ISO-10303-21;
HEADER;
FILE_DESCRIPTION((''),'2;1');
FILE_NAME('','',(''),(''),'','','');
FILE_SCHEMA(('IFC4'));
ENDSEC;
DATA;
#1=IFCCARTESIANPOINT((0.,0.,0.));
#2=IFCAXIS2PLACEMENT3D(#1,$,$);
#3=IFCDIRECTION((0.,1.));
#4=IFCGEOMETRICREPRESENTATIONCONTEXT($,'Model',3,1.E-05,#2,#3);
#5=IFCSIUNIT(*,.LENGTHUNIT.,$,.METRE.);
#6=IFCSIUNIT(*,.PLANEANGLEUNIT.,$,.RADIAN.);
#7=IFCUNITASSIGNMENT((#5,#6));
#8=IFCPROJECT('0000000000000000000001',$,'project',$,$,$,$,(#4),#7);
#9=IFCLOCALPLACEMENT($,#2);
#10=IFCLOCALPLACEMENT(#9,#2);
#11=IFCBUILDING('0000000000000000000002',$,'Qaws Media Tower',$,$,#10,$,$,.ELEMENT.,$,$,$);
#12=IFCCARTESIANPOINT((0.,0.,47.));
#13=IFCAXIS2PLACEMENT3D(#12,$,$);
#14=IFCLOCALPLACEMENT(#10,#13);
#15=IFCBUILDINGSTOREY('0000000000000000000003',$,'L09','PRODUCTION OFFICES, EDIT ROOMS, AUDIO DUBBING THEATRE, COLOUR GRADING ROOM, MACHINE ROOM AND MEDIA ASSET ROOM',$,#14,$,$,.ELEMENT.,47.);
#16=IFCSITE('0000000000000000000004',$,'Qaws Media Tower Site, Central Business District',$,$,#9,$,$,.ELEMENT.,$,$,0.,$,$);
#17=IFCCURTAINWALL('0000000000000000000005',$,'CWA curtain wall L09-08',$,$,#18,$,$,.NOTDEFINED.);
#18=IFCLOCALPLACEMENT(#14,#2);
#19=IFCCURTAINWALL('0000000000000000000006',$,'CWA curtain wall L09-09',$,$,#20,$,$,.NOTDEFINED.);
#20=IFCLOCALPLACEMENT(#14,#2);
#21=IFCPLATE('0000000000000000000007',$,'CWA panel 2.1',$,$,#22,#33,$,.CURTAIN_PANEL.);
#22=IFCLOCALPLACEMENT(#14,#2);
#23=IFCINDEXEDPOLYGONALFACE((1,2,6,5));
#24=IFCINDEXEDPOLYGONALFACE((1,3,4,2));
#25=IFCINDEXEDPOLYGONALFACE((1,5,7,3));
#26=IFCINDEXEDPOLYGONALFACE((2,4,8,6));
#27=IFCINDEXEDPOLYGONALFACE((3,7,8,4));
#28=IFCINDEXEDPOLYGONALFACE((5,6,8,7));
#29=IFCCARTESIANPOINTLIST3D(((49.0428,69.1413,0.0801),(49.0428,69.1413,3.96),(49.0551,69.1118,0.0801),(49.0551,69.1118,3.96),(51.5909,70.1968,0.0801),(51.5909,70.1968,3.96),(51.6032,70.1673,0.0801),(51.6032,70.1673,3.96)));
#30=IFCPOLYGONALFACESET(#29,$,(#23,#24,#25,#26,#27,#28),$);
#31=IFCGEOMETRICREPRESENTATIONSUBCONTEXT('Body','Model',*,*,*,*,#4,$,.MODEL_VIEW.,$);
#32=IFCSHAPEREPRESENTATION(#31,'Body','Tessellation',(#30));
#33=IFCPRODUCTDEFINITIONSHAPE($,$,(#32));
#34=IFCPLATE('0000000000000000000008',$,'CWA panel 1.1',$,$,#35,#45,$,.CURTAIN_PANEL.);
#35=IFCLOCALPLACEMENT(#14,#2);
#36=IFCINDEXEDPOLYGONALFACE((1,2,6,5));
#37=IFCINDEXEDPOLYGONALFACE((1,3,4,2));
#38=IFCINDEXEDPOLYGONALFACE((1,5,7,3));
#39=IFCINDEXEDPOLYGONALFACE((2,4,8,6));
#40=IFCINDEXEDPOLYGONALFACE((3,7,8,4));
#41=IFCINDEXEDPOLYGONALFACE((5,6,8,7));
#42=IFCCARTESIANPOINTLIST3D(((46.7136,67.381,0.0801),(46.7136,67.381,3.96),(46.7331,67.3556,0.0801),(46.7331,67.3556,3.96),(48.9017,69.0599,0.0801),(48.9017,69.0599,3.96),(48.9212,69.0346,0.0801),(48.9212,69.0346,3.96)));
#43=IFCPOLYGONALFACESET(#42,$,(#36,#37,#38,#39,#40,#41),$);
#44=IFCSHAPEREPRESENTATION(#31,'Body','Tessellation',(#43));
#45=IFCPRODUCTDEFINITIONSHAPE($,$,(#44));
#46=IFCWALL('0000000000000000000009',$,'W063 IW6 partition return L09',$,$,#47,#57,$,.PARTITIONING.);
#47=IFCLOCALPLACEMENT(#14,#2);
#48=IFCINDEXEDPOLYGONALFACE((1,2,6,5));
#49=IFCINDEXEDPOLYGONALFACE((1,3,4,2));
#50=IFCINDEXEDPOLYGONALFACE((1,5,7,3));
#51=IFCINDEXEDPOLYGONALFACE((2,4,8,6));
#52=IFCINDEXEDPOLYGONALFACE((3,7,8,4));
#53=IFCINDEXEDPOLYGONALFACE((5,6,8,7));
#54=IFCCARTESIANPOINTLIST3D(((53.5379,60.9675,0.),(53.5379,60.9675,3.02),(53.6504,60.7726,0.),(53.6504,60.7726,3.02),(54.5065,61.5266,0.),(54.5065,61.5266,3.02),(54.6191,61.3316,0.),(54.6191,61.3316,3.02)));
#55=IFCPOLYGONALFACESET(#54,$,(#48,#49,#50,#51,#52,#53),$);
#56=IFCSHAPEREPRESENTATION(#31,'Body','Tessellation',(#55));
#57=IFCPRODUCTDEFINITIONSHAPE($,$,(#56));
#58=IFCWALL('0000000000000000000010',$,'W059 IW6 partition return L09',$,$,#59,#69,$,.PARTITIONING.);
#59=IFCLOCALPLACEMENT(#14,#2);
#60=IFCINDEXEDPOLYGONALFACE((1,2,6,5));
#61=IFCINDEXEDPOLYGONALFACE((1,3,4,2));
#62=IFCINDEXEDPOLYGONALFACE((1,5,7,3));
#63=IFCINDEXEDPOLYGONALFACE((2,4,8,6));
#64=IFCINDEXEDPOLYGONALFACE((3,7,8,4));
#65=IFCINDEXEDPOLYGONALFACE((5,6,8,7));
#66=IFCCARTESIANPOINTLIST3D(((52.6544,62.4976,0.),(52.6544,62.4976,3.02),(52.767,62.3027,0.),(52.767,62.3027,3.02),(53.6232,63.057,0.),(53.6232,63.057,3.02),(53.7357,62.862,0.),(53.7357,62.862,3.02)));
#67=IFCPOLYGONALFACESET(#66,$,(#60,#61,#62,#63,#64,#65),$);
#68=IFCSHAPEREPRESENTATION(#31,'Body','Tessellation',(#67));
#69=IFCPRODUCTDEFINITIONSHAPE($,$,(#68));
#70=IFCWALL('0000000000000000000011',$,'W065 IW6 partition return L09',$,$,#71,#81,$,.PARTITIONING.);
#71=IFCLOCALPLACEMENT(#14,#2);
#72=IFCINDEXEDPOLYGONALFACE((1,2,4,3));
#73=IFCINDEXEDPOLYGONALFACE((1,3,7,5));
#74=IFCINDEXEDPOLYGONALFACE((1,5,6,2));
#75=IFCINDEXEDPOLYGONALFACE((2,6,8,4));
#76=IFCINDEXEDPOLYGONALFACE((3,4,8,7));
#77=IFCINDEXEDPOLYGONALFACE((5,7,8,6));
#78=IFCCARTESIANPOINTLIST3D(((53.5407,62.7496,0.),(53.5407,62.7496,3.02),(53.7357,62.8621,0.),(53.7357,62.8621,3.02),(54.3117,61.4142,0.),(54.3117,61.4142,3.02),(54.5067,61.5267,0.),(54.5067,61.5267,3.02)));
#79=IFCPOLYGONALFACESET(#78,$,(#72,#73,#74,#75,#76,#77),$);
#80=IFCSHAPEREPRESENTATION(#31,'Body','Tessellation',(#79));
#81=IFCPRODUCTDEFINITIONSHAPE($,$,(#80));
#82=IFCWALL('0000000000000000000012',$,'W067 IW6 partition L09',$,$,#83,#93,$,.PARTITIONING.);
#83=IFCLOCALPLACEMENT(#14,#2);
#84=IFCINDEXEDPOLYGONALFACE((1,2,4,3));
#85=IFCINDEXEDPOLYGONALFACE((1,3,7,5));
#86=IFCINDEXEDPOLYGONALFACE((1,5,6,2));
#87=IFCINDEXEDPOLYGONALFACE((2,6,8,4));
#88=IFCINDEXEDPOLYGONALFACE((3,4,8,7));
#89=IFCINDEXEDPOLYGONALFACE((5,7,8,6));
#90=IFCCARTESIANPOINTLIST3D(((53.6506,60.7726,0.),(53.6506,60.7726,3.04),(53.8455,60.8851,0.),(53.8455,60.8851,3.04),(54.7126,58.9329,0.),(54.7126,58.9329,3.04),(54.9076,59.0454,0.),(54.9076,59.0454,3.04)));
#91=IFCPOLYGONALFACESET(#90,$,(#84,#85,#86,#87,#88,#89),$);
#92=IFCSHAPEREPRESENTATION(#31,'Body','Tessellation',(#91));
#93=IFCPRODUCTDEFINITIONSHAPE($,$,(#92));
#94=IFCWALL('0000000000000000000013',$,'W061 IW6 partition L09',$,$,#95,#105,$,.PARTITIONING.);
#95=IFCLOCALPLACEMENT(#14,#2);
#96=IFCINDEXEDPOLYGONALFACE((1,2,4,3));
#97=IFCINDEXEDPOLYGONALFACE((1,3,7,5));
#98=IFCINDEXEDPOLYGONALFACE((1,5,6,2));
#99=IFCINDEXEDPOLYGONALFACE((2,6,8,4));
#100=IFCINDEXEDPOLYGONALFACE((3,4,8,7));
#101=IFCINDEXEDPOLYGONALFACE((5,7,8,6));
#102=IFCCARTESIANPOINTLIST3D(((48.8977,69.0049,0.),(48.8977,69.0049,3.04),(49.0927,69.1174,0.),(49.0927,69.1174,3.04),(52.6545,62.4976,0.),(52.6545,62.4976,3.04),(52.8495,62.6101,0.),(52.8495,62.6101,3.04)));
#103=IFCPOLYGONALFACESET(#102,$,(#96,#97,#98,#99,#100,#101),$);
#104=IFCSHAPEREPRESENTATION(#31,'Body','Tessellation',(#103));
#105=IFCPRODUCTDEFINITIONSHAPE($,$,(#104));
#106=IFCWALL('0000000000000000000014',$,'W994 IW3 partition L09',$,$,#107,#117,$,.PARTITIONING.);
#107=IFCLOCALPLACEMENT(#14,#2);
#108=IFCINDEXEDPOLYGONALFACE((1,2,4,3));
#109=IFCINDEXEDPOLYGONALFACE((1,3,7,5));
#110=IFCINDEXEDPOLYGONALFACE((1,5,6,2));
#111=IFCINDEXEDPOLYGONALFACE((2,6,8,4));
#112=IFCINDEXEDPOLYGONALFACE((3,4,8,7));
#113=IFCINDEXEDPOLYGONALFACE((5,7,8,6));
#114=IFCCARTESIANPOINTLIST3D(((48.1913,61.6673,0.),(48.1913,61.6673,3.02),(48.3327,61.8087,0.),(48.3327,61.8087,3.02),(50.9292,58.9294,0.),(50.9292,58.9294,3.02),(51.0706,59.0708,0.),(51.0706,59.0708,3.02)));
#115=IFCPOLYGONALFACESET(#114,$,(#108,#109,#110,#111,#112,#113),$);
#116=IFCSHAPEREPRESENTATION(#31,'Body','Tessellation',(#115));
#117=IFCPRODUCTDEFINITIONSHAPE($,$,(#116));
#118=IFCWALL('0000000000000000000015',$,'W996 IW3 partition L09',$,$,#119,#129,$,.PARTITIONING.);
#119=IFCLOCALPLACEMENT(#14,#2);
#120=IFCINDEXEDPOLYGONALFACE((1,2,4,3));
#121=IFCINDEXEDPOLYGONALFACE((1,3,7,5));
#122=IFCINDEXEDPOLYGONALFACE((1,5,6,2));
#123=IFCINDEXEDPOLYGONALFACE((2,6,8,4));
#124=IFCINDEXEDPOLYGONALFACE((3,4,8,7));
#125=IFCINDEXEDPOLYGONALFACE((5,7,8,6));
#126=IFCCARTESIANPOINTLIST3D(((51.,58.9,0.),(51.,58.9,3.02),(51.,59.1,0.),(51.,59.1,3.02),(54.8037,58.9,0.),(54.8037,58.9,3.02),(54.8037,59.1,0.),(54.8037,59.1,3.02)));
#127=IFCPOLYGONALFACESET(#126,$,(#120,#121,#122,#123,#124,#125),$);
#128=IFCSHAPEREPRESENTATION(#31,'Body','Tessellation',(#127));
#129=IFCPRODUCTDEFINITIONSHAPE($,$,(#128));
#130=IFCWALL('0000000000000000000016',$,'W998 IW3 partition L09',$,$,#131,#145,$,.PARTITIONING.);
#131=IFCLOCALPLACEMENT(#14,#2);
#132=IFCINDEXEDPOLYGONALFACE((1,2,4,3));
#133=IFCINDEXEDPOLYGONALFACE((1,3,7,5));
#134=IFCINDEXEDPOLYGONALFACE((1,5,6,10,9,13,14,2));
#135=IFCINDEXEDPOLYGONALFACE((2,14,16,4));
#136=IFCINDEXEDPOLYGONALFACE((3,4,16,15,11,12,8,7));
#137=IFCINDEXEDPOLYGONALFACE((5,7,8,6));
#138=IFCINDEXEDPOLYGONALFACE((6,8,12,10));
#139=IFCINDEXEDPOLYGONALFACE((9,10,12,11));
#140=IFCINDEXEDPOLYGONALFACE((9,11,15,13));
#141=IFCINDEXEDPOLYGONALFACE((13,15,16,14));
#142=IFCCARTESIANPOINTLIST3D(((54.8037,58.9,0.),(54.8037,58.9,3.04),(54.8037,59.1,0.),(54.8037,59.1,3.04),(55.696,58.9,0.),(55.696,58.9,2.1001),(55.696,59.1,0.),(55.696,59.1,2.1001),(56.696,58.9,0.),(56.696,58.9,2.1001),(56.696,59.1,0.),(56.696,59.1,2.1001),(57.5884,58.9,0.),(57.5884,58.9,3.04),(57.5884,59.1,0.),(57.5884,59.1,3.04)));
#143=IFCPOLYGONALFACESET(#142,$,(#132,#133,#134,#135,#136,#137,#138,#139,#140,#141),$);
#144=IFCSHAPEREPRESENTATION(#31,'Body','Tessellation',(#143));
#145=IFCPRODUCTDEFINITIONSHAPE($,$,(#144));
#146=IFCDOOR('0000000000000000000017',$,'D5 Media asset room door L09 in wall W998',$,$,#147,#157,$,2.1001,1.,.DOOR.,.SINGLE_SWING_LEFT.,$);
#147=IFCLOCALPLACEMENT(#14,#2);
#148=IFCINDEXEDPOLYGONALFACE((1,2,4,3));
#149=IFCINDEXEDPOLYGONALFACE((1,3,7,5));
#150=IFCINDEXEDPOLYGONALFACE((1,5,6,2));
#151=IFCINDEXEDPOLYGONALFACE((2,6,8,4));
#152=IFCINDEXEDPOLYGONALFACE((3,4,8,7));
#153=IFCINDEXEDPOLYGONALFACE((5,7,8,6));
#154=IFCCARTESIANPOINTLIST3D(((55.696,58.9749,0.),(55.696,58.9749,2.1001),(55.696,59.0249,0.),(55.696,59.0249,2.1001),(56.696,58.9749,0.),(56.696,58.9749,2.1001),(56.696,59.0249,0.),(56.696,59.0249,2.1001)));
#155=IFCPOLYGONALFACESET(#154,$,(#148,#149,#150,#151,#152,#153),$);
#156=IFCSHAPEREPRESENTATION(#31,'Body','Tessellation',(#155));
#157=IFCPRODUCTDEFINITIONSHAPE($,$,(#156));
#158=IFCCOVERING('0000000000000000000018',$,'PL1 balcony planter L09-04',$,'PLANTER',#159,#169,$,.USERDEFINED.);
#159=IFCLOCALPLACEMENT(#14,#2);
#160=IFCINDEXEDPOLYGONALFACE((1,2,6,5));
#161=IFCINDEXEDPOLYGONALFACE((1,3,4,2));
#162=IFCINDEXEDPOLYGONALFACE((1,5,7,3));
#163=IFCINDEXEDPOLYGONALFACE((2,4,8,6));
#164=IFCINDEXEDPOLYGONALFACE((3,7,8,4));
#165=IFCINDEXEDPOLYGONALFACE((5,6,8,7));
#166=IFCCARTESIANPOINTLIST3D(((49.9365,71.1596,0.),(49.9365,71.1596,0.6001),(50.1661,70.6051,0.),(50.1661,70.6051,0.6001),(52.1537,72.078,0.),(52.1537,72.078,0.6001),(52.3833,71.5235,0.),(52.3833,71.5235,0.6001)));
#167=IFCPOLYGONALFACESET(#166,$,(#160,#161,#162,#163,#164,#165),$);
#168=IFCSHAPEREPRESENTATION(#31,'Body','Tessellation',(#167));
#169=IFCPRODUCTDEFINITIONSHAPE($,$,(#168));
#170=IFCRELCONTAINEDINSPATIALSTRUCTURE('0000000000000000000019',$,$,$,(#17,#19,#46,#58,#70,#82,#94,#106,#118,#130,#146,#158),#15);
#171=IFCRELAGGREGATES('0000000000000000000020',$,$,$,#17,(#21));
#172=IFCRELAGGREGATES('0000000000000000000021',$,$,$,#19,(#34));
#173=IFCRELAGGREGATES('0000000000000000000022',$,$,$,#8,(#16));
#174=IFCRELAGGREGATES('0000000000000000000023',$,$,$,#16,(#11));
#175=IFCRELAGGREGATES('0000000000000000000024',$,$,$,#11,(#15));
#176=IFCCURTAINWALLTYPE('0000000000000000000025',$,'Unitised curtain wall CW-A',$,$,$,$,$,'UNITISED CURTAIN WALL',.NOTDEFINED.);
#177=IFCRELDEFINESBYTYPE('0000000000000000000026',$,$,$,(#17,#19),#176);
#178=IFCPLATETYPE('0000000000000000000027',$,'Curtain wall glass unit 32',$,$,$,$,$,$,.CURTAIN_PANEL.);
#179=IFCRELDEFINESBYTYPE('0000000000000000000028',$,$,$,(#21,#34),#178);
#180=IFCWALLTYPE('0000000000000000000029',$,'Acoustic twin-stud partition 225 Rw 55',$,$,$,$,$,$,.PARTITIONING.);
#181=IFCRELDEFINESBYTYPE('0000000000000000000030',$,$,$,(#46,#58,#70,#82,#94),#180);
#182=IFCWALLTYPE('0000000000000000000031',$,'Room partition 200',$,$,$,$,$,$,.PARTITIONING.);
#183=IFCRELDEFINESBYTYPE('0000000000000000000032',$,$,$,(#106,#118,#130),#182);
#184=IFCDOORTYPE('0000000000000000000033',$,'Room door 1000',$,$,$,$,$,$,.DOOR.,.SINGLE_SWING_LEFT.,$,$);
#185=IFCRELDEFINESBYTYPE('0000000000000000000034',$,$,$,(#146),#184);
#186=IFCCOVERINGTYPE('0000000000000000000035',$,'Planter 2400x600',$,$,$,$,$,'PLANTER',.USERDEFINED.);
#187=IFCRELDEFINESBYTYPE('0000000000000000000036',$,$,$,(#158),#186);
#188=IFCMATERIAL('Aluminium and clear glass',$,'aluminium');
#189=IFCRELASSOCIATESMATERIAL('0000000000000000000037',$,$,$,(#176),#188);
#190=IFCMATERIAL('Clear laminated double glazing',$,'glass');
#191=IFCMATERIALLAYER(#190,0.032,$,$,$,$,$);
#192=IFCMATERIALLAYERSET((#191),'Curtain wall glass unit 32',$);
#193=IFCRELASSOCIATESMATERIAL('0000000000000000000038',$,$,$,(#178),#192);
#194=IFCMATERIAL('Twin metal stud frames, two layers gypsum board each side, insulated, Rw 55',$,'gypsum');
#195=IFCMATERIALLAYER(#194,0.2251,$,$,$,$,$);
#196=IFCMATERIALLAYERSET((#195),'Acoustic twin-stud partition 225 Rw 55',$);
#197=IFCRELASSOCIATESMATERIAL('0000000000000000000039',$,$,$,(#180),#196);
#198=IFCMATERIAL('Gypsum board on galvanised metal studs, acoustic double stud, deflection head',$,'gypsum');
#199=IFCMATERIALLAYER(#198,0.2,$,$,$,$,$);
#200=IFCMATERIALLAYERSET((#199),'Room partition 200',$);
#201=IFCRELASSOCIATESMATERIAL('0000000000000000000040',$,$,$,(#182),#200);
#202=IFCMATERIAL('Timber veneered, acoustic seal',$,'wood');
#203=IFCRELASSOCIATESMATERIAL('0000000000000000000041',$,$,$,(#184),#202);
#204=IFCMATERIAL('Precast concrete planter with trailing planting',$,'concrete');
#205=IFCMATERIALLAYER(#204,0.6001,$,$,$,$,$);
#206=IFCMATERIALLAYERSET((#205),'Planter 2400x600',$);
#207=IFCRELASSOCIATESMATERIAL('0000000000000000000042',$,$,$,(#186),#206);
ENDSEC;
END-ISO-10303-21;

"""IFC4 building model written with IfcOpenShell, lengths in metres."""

from ifc_helpers import new_model, si_unit, direction, frame, frame_2d, origin, origin_2d, place, context, subcontext, project, spatial, rectangle, extrude, material, layer, layer_set, type_object, element, fill, aggregate, save


model = new_model("IFC4")

# Units and contexts
model_context = context("Model", 3, precision=1e-05, world=origin(), true_north=direction((0.0, 1.0)))
body_context = subcontext(model_context, "Body", "Model", "MODEL_VIEW")
ifc_project = project(units=[si_unit("LENGTHUNIT", "METRE"), si_unit("PLANEANGLEUNIT", "RADIAN")], contexts=[model_context])

# Site, building, storey
site_placement = place(None, origin())
site = spatial("IfcSite", under=ifc_project, at=site_placement, Name="Qaws Media Tower Site, Central Business District", CompositionType="ELEMENT", RefElevation=0.0)
building_placement = place(site_placement, origin())
building = spatial("IfcBuilding", under=site, at=building_placement, Name="Qaws Media Tower", CompositionType="ELEMENT")
storey_placement = place(building_placement, frame((0.0, 0.0, 47.0)))
storey = spatial("IfcBuildingStorey", under=building, at=storey_placement, Name="L09", Description="PRODUCTION OFFICES, EDIT ROOMS, AUDIO DUBBING THEATRE, COLOUR GRADING ROOM, MACHINE ROOM AND MEDIA ASSET ROOM", CompositionType="ELEMENT", Elevation=47.0)

# Curtain walls
ifc_material_1 = material(Name="Aluminium and clear glass", Category="aluminium")
curtain_wall_type = type_object("IfcCurtainWallType", Name="Unitised curtain wall CW-A", ElementType="UNITISED CURTAIN WALL", PredefinedType="NOTDEFINED", material=ifc_material_1)
curtain_wall_1_placement = place(storey_placement, origin())
curtain_wall_1 = element("IfcCurtainWall", 1, at=curtain_wall_1_placement, inside=storey, type_object=curtain_wall_type, Name="CWA curtain wall L09-08", PredefinedType="NOTDEFINED")
curtain_wall_2_placement = place(storey_placement, origin())
curtain_wall_2 = element("IfcCurtainWall", 2, at=curtain_wall_2_placement, inside=storey, type_object=curtain_wall_type, Name="CWA curtain wall L09-09", PredefinedType="NOTDEFINED")

# Plates
ifc_material_2 = material(Name="Clear laminated double glazing", Category="glass")
ifc_layer_1 = layer(ifc_material_2, 0.032)
ifc_layer_set_1 = layer_set([ifc_layer_1], Name="Curtain wall glass unit 32")
plate_type = type_object("IfcPlateType", Name="Curtain wall glass unit 32", PredefinedType="CURTAIN_PANEL", material=ifc_layer_set_1)
plate_1_placement = place(storey_placement, frame((50.323, 69.6543, 0.0801), z_axis=(0.0, 0.0, 1.0), x_axis=(-0.92388, -0.382683, 0.0)))
plate_1 = element("IfcPlate", 3, at=plate_1_placement, type_object=plate_type, Name="CWA panel 2.1", PredefinedType="CURTAIN_PANEL", context=body_context, shape_type="SweptSolid", body=[
    extrude(rectangle(XDim=2.7581, YDim=0.032, at=origin_2d()), origin(), (0.0, 0.0, 1.0), 3.8799),
])
aggregate(curtain_wall_1, [plate_1])
plate_2_placement = place(storey_placement, frame((47.8174, 68.2078, 0.0801), z_axis=(0.0, 0.0, 1.0), x_axis=(-0.793353, -0.608761, 0.0)))
plate_2 = element("IfcPlate", 4, at=plate_2_placement, type_object=plate_type, Name="CWA panel 1.1", PredefinedType="CURTAIN_PANEL", context=body_context, shape_type="SweptSolid", body=[
    extrude(rectangle(XDim=2.7581, YDim=0.032, at=origin_2d()), origin(), (0.0, 0.0, 1.0), 3.8799),
])
aggregate(curtain_wall_2, [plate_2])

# Walls
ifc_material_3 = material(Name="Twin metal stud frames, two layers gypsum board each side, insulated, Rw 55", Category="gypsum")
ifc_layer_2 = layer(ifc_material_3, 0.2251)
ifc_layer_set_2 = layer_set([ifc_layer_2], Name="Acoustic twin-stud partition 225 Rw 55")
wall_type_1 = type_object("IfcWallType", Name="Acoustic twin-stud partition 225 Rw 55", PredefinedType="PARTITIONING", material=ifc_layer_set_2)
wall_1_placement = place(storey_placement, frame((53.5942, 60.8701, 0.0), z_axis=(0.0, 0.0, 1.0), x_axis=(0.866113, 0.499848, 0.0)))
element("IfcWall", 5, at=wall_1_placement, inside=storey, type_object=wall_type_1, Name="W063 IW6 partition return L09", PredefinedType="PARTITIONING", context=body_context, shape_type="SweptSolid", body=[
    extrude(rectangle(XDim=1.1184, YDim=0.2251, at=frame_2d((0.5591, 0.0))), origin(), (0.0, 0.0, 1.0), 3.02),
])
wall_2_placement = place(storey_placement, frame((52.7107, 62.4001, 0.0), z_axis=(0.0, 0.0, 1.0), x_axis=(0.866018, 0.500012, 0.0)))
element("IfcWall", 6, at=wall_2_placement, inside=storey, type_object=wall_type_1, Name="W059 IW6 partition return L09", PredefinedType="PARTITIONING", context=body_context, shape_type="SweptSolid", body=[
    extrude(rectangle(XDim=1.1187, YDim=0.2251, at=frame_2d((0.5593, 0.0))), origin(), (0.0, 0.0, 1.0), 3.02),
])
wall_3_placement = place(storey_placement, frame((54.4092, 61.4705, 0.0), z_axis=(0.0, 0.0, 1.0), x_axis=(-0.499987, 0.866033, 0.0)))
element("IfcWall", 7, at=wall_3_placement, inside=storey, type_object=wall_type_1, Name="W065 IW6 partition return L09", PredefinedType="PARTITIONING", context=body_context, shape_type="SweptSolid", body=[
    extrude(rectangle(XDim=1.542, YDim=0.2251, at=frame_2d((0.771, 0.0))), origin(), (0.0, 0.0, 1.0), 3.02),
])
wall_4_placement = place(storey_placement, frame((54.8101, 58.9893, 0.0), z_axis=(0.0, 0.0, 1.0), x_axis=(-0.499971, 0.866042, 0.0)))
element("IfcWall", 8, at=wall_4_placement, inside=storey, type_object=wall_type_1, Name="W067 IW6 partition L09", PredefinedType="PARTITIONING", context=body_context, shape_type="SweptSolid", body=[
    extrude(rectangle(XDim=2.1243, YDim=0.2251, at=frame_2d((1.062, 0.0))), origin(), (0.0, 0.0, 1.0), 3.04),
])
wall_5_placement = place(storey_placement, frame((52.752, 62.554, 0.0), z_axis=(0.0, 0.0, 1.0), x_axis=(-0.499983, 0.866035, 0.0)))
element("IfcWall", 9, at=wall_5_placement, inside=storey, type_object=wall_type_1, Name="W061 IW6 partition L09", PredefinedType="PARTITIONING", context=body_context, shape_type="SweptSolid", body=[
    extrude(rectangle(XDim=7.5139, YDim=0.2251, at=frame_2d((3.7568, 0.0))), origin(), (0.0, 0.0, 1.0), 3.04),
])
ifc_material_4 = material(Name="Gypsum board on galvanised metal studs, acoustic double stud, deflection head", Category="gypsum")
ifc_layer_3 = layer(ifc_material_4, 0.2)
ifc_layer_set_3 = layer_set([ifc_layer_3], Name="Room partition 200")
wall_type_2 = type_object("IfcWallType", Name="Room partition 200", PredefinedType="PARTITIONING", material=ifc_layer_set_3)
wall_6_placement = place(storey_placement, frame((48.262, 61.738, 0.0), z_axis=(0.0, 0.0, 1.0), x_axis=(0.707107, -0.707107, 0.0)))
element("IfcWall", 10, at=wall_6_placement, inside=storey, type_object=wall_type_2, Name="W994 IW3 partition L09", PredefinedType="PARTITIONING", context=body_context, shape_type="SweptSolid", body=[
    extrude(rectangle(XDim=3.8721, YDim=0.2, at=frame_2d((1.936, 0.0))), origin(), (0.0, 0.0, 1.0), 3.02),
])
wall_7_placement = place(storey_placement, frame((51.0, 59.0, 0.0), z_axis=(0.0, 0.0, 1.0), x_axis=(1.0, 0.0, 0.0)))
element("IfcWall", 11, at=wall_7_placement, inside=storey, type_object=wall_type_2, Name="W996 IW3 partition L09", PredefinedType="PARTITIONING", context=body_context, shape_type="SweptSolid", body=[
    extrude(rectangle(XDim=3.8037, YDim=0.2, at=frame_2d((1.9019, 0.0))), origin(), (0.0, 0.0, 1.0), 3.02),
])

# Wall, opening, door
wall_8_placement = place(storey_placement, frame((54.8037, 59.0, 0.0), z_axis=(0.0, 0.0, 1.0), x_axis=(1.0, 0.0, 0.0)))
wall_8 = element("IfcWall", 12, at=wall_8_placement, inside=storey, type_object=wall_type_2, Name="W998 IW3 partition L09", PredefinedType="PARTITIONING", context=body_context, shape_type="SweptSolid", body=[
    extrude(rectangle(XDim=2.7847, YDim=0.2, at=frame_2d((1.3923, 0.0))), origin(), (0.0, 0.0, 1.0), 3.04),
])
opening_placement = place(wall_8_placement, frame((0.8923, 0.0, 0.0)))
opening = element("IfcOpeningElement", 13, at=opening_placement, cuts=wall_8, PredefinedType="OPENING", context=body_context, shape_type="SweptSolid", body=[
    extrude(rectangle(XDim=1.0, YDim=2.1001, at=frame_2d((0.5, 1.05))), frame((0.0, 0.1099, 0.0), z_axis=(0.0, -1.0, 0.0), x_axis=(1.0, 0.0, 0.0)), (0.0, 0.0, 1.0), 0.22),
])
ifc_material_5 = material(Name="Timber veneered, acoustic seal", Category="wood")
door_type = type_object("IfcDoorType", Name="Room door 1000", OperationType="SINGLE_SWING_LEFT", PredefinedType="DOOR", material=ifc_material_5)
door_placement = place(opening_placement, origin())
door = element("IfcDoor", 14, at=door_placement, inside=storey, type_object=door_type, Name="D5 Media asset room door L09 in wall W998", OperationType="SINGLE_SWING_LEFT", OverallHeight=2.1001, OverallWidth=1.0, PredefinedType="DOOR", context=body_context, shape_type="SweptSolid", body=[
    extrude(rectangle(XDim=1.0, YDim=2.1001, at=frame_2d((0.5, 1.05))), frame((0.0, 0.0249, 0.0), z_axis=(0.0, -1.0, 0.0), x_axis=(1.0, 0.0, 0.0)), (0.0, 0.0, 1.0), 0.05),
])
fill(opening, door)

# Covering
ifc_material_6 = material(Name="Precast concrete planter with trailing planting", Category="concrete")
ifc_layer_4 = layer(ifc_material_6, 0.6001)
ifc_layer_set_4 = layer_set([ifc_layer_4], Name="Planter 2400x600")
covering_type = type_object("IfcCoveringType", Name="Planter 2400x600", ElementType="PLANTER", PredefinedType="USERDEFINED", material=ifc_layer_set_4)
covering_placement = place(storey_placement, frame((51.1599, 71.3416, 0.0), z_axis=(0.0, 0.0, 1.0), x_axis=(-0.92388, -0.382683, 0.0)))
element("IfcCovering", 15, at=covering_placement, inside=storey, type_object=covering_type, Name="PL1 balcony planter L09-04", ObjectType="PLANTER", PredefinedType="USERDEFINED", context=body_context, shape_type="SweptSolid", body=[
    extrude(rectangle(XDim=2.3999, YDim=0.6001, at=origin_2d()), origin(), (0.0, 0.0, 1.0), 0.6001),
])

save(model, "model.ifc")
